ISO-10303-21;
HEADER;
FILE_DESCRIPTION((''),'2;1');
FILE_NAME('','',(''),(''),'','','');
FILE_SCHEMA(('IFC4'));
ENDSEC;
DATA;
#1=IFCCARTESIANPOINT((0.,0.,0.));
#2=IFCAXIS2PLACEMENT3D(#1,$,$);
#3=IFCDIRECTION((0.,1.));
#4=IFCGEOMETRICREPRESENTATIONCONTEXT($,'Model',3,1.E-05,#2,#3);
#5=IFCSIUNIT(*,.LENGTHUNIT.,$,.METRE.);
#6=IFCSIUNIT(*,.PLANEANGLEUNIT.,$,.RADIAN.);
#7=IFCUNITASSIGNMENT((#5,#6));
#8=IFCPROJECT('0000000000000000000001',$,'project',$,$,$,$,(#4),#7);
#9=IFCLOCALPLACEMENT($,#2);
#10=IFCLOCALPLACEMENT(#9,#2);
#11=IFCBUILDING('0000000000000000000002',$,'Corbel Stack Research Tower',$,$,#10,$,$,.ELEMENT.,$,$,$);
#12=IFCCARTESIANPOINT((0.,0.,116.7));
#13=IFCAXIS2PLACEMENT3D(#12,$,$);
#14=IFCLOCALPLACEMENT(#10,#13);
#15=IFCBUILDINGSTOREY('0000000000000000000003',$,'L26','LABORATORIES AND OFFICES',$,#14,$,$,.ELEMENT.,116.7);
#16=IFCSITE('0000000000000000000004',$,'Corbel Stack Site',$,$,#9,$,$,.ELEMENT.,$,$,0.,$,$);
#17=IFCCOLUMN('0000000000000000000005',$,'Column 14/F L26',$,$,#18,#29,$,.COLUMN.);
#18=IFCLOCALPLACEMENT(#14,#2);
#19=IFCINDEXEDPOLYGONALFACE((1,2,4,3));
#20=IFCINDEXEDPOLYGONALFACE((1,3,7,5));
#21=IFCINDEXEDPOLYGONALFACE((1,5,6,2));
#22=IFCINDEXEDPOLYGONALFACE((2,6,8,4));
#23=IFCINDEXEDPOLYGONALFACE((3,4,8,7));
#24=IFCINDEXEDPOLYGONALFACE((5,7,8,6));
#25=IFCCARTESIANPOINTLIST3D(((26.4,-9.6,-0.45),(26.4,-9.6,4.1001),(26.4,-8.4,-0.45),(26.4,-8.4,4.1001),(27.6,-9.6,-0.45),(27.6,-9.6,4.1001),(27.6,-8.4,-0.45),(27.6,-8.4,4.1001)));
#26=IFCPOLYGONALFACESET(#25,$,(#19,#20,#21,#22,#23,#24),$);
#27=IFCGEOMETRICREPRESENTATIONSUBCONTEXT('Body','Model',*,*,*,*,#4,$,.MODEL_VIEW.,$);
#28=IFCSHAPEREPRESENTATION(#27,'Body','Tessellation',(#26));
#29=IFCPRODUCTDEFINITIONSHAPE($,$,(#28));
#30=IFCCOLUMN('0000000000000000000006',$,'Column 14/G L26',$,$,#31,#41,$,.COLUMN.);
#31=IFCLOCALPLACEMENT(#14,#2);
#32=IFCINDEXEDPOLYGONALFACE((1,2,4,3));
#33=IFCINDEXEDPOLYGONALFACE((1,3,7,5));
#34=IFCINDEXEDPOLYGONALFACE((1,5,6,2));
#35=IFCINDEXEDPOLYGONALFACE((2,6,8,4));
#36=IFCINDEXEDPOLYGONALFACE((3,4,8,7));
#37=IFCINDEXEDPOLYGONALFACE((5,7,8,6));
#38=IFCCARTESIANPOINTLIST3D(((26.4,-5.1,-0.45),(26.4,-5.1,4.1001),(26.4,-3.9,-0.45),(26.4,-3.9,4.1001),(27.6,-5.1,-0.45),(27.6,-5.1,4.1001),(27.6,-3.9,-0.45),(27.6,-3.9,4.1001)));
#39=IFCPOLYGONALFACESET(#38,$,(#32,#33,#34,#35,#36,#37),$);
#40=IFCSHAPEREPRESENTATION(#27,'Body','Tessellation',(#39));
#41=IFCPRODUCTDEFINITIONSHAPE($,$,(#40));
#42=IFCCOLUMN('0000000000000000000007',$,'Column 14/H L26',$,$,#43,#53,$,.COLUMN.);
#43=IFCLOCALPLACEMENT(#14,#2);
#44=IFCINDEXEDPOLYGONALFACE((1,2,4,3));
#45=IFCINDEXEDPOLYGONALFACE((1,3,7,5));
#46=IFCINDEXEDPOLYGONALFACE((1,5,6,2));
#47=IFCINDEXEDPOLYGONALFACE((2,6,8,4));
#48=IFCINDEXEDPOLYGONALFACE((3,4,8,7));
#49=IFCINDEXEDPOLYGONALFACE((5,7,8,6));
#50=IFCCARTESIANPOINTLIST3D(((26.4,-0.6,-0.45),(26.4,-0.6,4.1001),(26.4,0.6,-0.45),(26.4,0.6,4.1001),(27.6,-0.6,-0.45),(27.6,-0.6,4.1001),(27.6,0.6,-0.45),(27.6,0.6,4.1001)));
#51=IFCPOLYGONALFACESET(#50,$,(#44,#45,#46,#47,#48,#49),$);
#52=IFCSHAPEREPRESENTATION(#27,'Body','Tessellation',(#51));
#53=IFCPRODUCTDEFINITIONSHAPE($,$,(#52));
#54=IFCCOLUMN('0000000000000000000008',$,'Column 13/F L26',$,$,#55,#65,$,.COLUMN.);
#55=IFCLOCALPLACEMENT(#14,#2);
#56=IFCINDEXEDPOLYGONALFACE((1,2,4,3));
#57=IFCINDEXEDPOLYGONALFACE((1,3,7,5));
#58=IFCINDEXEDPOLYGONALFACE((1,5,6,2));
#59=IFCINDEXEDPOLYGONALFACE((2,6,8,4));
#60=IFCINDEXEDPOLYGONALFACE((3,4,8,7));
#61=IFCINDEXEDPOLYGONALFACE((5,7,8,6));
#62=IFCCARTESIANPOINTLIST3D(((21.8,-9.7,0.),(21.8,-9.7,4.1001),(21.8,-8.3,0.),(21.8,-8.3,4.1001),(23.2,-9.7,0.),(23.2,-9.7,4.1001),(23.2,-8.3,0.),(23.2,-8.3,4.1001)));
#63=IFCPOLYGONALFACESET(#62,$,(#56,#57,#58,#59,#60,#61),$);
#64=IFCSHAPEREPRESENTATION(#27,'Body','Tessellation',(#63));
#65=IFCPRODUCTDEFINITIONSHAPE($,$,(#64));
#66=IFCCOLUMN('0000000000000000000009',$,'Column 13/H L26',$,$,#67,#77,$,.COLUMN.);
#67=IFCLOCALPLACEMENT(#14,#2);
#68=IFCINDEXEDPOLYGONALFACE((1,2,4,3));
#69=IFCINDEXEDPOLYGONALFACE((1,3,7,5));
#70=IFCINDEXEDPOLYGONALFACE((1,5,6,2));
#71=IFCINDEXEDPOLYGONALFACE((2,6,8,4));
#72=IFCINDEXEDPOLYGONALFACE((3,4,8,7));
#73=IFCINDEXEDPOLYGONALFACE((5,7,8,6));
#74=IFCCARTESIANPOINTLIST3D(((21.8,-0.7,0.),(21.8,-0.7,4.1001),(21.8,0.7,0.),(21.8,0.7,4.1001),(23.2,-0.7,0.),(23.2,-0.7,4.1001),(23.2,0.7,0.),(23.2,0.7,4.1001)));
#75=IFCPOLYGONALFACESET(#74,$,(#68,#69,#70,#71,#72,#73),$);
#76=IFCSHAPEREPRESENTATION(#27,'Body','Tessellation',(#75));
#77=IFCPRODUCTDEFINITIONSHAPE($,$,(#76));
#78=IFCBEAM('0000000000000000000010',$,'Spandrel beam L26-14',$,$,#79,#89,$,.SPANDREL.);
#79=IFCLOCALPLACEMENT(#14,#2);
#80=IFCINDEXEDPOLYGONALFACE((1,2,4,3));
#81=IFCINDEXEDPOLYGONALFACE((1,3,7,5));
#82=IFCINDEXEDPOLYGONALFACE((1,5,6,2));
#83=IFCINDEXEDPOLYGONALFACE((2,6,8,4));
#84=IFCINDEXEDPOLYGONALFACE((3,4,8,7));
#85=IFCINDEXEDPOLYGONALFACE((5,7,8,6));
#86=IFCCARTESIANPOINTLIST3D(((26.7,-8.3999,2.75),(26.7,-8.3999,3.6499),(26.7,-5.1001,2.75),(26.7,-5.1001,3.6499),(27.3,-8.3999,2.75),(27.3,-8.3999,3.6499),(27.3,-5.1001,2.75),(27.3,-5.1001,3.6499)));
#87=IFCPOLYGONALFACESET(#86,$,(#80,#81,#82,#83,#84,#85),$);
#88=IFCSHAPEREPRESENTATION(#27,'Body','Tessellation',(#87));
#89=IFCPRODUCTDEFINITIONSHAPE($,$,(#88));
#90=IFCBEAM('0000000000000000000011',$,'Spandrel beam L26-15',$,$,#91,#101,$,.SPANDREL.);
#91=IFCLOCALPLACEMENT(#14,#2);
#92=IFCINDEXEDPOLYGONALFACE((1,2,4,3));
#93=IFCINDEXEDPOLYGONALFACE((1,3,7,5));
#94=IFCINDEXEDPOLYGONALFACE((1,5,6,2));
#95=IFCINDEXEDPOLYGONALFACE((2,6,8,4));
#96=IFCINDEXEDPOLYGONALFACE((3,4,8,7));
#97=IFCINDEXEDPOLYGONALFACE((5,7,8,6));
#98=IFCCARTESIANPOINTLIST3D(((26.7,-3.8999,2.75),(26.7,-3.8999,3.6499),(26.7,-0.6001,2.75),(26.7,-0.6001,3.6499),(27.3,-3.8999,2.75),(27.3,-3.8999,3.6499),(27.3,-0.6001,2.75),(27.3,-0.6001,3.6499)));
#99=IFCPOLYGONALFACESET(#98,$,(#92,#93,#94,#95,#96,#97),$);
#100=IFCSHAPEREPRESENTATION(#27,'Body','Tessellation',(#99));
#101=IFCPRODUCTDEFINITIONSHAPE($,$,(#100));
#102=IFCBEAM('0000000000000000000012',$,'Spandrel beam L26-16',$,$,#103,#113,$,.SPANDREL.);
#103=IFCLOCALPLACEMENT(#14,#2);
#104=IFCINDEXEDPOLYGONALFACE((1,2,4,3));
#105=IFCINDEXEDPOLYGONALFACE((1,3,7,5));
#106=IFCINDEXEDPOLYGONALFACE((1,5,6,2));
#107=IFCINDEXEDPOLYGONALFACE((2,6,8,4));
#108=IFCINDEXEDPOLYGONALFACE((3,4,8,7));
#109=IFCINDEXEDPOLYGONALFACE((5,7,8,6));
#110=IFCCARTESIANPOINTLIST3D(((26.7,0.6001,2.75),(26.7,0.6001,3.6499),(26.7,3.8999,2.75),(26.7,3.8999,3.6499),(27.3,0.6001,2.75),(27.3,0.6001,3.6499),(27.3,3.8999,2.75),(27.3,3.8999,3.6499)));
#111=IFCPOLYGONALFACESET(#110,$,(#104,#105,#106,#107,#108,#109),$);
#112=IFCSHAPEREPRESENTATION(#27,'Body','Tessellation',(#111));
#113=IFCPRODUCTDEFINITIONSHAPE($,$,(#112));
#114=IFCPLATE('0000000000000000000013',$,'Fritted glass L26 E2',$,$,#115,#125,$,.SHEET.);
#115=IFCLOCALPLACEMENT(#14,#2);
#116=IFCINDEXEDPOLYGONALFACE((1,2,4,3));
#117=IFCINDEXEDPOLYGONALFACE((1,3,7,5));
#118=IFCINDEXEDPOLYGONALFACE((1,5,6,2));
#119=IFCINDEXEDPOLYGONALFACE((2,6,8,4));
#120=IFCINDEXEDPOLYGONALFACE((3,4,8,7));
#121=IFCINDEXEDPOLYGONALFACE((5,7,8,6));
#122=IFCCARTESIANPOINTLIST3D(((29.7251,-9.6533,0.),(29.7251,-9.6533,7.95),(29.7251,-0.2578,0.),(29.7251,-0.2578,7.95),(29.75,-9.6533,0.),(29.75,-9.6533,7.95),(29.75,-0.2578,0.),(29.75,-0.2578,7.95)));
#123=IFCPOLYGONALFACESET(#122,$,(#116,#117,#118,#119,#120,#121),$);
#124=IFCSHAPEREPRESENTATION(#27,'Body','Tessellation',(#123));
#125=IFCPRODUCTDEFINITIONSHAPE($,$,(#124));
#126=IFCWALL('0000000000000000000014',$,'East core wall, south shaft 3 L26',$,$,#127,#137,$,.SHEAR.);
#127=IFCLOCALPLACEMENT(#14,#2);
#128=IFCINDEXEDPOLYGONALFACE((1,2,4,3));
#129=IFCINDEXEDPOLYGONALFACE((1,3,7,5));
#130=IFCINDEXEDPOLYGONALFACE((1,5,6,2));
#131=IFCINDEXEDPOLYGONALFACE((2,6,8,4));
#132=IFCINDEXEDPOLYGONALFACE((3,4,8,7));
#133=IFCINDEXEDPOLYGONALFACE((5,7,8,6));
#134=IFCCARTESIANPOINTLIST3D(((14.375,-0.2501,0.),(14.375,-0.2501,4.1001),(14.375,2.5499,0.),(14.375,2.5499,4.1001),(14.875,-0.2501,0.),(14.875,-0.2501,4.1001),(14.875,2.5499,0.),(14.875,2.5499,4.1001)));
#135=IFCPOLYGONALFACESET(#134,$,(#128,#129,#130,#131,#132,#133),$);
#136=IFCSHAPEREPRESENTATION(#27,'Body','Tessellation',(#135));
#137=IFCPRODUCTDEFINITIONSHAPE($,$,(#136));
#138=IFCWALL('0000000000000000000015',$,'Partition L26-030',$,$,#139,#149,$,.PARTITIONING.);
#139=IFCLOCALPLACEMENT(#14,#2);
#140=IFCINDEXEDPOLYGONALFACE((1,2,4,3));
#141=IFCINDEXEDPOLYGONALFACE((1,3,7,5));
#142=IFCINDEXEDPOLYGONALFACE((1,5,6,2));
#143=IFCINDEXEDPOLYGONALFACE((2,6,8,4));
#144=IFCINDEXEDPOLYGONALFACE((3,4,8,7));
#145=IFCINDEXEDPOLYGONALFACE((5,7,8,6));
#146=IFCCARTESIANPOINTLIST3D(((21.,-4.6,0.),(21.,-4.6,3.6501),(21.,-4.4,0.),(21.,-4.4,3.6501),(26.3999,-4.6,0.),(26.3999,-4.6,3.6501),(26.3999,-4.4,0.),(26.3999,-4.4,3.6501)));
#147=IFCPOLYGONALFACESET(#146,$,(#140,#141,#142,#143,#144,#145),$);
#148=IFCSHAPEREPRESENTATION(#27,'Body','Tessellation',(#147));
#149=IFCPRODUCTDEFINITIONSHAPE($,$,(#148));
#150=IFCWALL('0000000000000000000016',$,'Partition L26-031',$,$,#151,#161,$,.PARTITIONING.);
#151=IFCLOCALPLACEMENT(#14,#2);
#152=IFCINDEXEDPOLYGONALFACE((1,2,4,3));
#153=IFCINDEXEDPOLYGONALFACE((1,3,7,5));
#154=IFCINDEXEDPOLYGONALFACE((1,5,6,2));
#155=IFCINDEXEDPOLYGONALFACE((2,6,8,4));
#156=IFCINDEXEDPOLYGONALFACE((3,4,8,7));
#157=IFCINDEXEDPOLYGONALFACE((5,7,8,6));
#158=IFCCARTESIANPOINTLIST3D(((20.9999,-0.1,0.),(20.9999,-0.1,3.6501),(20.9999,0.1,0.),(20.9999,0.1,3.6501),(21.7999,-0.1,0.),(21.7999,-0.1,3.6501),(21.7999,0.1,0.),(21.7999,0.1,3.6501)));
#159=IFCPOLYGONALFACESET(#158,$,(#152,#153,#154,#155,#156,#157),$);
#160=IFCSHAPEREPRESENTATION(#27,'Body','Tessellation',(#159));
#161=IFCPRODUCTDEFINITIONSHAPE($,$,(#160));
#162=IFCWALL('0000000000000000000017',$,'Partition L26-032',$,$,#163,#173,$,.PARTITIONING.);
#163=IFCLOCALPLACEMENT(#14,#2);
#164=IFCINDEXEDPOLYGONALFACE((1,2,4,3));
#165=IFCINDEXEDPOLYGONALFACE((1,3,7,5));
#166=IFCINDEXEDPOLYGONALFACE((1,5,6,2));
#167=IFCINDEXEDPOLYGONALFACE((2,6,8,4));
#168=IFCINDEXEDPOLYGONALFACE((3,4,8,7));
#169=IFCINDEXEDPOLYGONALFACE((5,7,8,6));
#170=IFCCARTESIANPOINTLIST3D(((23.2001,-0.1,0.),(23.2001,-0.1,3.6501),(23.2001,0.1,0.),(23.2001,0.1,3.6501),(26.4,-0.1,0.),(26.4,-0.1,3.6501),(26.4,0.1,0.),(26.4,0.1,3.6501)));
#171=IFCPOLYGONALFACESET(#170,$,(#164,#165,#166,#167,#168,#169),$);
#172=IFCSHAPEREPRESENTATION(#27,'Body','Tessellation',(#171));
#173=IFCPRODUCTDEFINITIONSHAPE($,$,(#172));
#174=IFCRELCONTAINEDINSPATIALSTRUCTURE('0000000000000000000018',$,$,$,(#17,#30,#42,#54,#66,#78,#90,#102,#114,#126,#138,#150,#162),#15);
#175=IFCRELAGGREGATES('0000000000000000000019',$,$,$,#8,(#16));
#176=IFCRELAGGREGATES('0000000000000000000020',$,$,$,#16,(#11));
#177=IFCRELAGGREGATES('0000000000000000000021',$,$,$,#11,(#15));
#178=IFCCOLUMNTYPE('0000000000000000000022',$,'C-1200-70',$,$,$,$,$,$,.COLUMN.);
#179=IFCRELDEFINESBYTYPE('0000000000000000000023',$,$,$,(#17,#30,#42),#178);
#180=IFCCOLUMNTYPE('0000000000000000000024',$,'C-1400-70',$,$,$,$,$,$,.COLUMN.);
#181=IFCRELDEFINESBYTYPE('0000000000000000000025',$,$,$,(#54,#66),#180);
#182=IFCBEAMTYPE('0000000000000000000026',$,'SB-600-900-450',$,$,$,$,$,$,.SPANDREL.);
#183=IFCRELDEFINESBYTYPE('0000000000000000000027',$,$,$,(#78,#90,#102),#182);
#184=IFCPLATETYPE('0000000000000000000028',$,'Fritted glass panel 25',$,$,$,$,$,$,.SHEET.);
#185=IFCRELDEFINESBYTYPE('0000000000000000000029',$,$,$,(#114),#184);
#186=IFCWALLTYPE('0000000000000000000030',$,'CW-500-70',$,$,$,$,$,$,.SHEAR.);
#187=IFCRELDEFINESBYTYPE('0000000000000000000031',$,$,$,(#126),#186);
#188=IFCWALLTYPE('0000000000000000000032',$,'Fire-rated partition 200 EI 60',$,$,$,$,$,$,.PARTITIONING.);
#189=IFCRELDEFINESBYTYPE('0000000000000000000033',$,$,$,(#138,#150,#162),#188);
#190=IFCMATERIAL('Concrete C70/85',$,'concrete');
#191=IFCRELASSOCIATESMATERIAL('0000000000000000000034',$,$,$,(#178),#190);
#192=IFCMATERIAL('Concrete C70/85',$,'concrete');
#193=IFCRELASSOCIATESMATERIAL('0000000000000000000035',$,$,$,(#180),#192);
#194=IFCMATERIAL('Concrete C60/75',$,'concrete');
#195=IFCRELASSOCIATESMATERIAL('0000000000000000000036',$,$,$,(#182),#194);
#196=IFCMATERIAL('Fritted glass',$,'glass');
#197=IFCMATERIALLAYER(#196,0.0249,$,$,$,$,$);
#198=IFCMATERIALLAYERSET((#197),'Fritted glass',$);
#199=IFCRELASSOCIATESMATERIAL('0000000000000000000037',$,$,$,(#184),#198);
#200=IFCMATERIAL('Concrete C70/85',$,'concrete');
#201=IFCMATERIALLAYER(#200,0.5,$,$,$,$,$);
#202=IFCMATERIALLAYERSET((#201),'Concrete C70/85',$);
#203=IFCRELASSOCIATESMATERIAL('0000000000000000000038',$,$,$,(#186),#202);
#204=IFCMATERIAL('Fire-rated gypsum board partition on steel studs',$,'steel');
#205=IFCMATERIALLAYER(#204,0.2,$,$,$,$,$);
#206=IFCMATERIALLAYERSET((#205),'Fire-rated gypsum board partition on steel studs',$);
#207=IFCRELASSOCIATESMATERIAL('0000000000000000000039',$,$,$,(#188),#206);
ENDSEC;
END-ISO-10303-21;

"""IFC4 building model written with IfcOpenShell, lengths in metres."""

from ifc_helpers import new_model, si_unit, direction, frame, frame_2d, origin, origin_2d, place, context, subcontext, project, spatial, rectangle, extrude, material, layer, layer_set, material_profile, profile_set, type_object, element, save


model = new_model("IFC4")

# Units and contexts
model_context = context("Model", 3, precision=1e-05, world=origin(), true_north=direction((0.0, 1.0)))
body_context = subcontext(model_context, "Body", "Model", "MODEL_VIEW")
ifc_project = project(units=[si_unit("LENGTHUNIT", "METRE"), si_unit("PLANEANGLEUNIT", "RADIAN")], contexts=[model_context])

# Site, building, storey
site_placement = place(None, origin())
site = spatial("IfcSite", under=ifc_project, at=site_placement, Name="Corbel Stack Site", CompositionType="ELEMENT", RefElevation=0.0)
building_placement = place(site_placement, origin())
building = spatial("IfcBuilding", under=site, at=building_placement, Name="Corbel Stack Research Tower", CompositionType="ELEMENT")
storey_placement = place(building_placement, frame((0.0, 0.0, 116.7)))
storey = spatial("IfcBuildingStorey", under=building, at=storey_placement, Name="L26", Description="LABORATORIES AND OFFICES", CompositionType="ELEMENT", Elevation=116.7)

# Columns
ifc_material_1 = material(Name="Concrete C70/85", Category="concrete")
ifc_material_profile_1 = material_profile(ifc_material_1, rectangle(XDim=1.2, YDim=1.2, at=origin_2d()), Name="RC 1200 x 1200")
ifc_profile_set_1 = profile_set([ifc_material_profile_1], Name="Concrete C70/85")
column_type_1 = type_object("IfcColumnType", Name="C-1200-70", PredefinedType="COLUMN", material=ifc_profile_set_1)
for number, where, z_axis, x_axis, name in (
    (1, (27.0, -9.0, -0.45), (0.0, 0.0, 1.0), (1.0, 0.0, 0.0), "Column 14/F L26"),
    (2, (27.0, -4.5, -0.45), (0.0, 0.0, 1.0), (1.0, 0.0, 0.0), "Column 14/G L26"),
    (3, (27.0, 0.0, -0.45), (0.0, 0.0, 1.0), (1.0, 0.0, 0.0), "Column 14/H L26"),
):
    element("IfcColumn", number, at=place(storey_placement, frame(where, z_axis=z_axis, x_axis=x_axis)), inside=storey, type_object=column_type_1, Name=name, PredefinedType="COLUMN", context=body_context, shape_type="SweptSolid", body=[
        extrude(rectangle(XDim=1.2, YDim=1.2, at=origin_2d()), origin(), (0.0, 0.0, 1.0), 4.55),
    ])
ifc_material_2 = material(Name="Concrete C70/85", Category="concrete")
ifc_material_profile_2 = material_profile(ifc_material_2, rectangle(XDim=1.3999, YDim=1.3999, at=origin_2d()), Name="RC 1400 x 1400")
ifc_profile_set_2 = profile_set([ifc_material_profile_2], Name="Concrete C70/85")
column_type_2 = type_object("IfcColumnType", Name="C-1400-70", PredefinedType="COLUMN", material=ifc_profile_set_2)
for number, where, z_axis, x_axis, name in (
    (4, (22.5, -9.0, 0.0), (0.0, 0.0, 1.0), (1.0, 0.0, 0.0), "Column 13/F L26"),
    (5, (22.5, 0.0, 0.0), (0.0, 0.0, 1.0), (1.0, 0.0, 0.0), "Column 13/H L26"),
):
    element("IfcColumn", number, at=place(storey_placement, frame(where, z_axis=z_axis, x_axis=x_axis)), inside=storey, type_object=column_type_2, Name=name, PredefinedType="COLUMN", context=body_context, shape_type="SweptSolid", body=[
        extrude(rectangle(XDim=1.3999, YDim=1.3999, at=origin_2d()), origin(), (0.0, 0.0, 1.0), 4.1001),
    ])

# Beams
ifc_material_3 = material(Name="Concrete C60/75", Category="concrete")
ifc_material_profile_3 = material_profile(ifc_material_3, rectangle(XDim=0.6001, YDim=0.8999, at=origin_2d()), Name="RC 600 x 900")
ifc_profile_set_3 = profile_set([ifc_material_profile_3], Name="Concrete C60/75")
beam_type = type_object("IfcBeamType", Name="SB-600-900-450", PredefinedType="SPANDREL", material=ifc_profile_set_3)
for number, where, z_axis, x_axis, name in (
    (6, (27.0, -8.3999, 3.2), (0.0, 1.0, 0.0), (-1.0, 0.0, 0.0), "Spandrel beam L26-14"),
    (7, (27.0, -3.8999, 3.2), (0.0, 1.0, 0.0), (-1.0, 0.0, 0.0), "Spandrel beam L26-15"),
    (8, (27.0, 0.6001, 3.2), (0.0, 1.0, 0.0), (-1.0, 0.0, 0.0), "Spandrel beam L26-16"),
):
    element("IfcBeam", number, at=place(storey_placement, frame(where, z_axis=z_axis, x_axis=x_axis)), inside=storey, type_object=beam_type, Name=name, PredefinedType="SPANDREL", context=body_context, shape_type="SweptSolid", body=[
        extrude(rectangle(XDim=0.6001, YDim=0.8999, at=origin_2d()), origin(), (0.0, 0.0, 1.0), 3.2998),
    ])

# Plate
ifc_material_4 = material(Name="Fritted glass", Category="glass")
ifc_layer_1 = layer(ifc_material_4, 0.0249)
ifc_layer_set_1 = layer_set([ifc_layer_1], Name="Fritted glass")
plate_type = type_object("IfcPlateType", Name="Fritted glass panel 25", PredefinedType="SHEET", material=ifc_layer_set_1)
plate_placement = place(storey_placement, frame((29.7375, -4.9556, 0.0), z_axis=(0.0, 0.0, 1.0), x_axis=(0.0, 1.0, 0.0)))
element("IfcPlate", 9, at=plate_placement, inside=storey, type_object=plate_type, Name="Fritted glass L26 E2", PredefinedType="SHEET", context=body_context, shape_type="SweptSolid", body=[
    extrude(rectangle(XDim=9.3955, YDim=0.0249, at=origin_2d()), origin(), (0.0, 0.0, 1.0), 7.95),
])

# Wall
ifc_material_5 = material(Name="Concrete C70/85", Category="concrete")
ifc_layer_2 = layer(ifc_material_5, 0.5)
ifc_layer_set_2 = layer_set([ifc_layer_2], Name="Concrete C70/85")
wall_type_1 = type_object("IfcWallType", Name="CW-500-70", PredefinedType="SHEAR", material=ifc_layer_set_2)
wall_1_placement = place(storey_placement, frame((14.625, -0.25, 0.0), z_axis=(0.0, 0.0, 1.0), x_axis=(0.0, 1.0, 0.0)))
element("IfcWall", 10, at=wall_1_placement, inside=storey, type_object=wall_type_1, Name="East core wall, south shaft 3 L26", PredefinedType="SHEAR", context=body_context, shape_type="SweptSolid", body=[
    extrude(rectangle(XDim=2.8, YDim=0.5, at=frame_2d((1.3999, 0.0))), origin(), (0.0, 0.0, 1.0), 4.1001),
])

# Walls
ifc_material_6 = material(Name="Fire-rated gypsum board partition on steel studs", Category="steel")
ifc_layer_3 = layer(ifc_material_6, 0.2)
ifc_layer_set_3 = layer_set([ifc_layer_3], Name="Fire-rated gypsum board partition on steel studs")
wall_type_2 = type_object("IfcWallType", Name="Fire-rated partition 200 EI 60", PredefinedType="PARTITIONING", material=ifc_layer_set_3)
wall_2_placement = place(storey_placement, frame((21.0, -4.5, 0.0), z_axis=(0.0, 0.0, 1.0), x_axis=(1.0, 0.0, 0.0)))
element("IfcWall", 11, at=wall_2_placement, inside=storey, type_object=wall_type_2, Name="Partition L26-030", PredefinedType="PARTITIONING", context=body_context, shape_type="SweptSolid", body=[
    extrude(rectangle(XDim=5.3999, YDim=0.2, at=frame_2d((2.7, 0.0))), origin(), (0.0, 0.0, 1.0), 3.6501),
])
wall_3_placement = place(storey_placement, frame((21.0, 0.0, 0.0), z_axis=(0.0, 0.0, 1.0), x_axis=(1.0, 0.0, 0.0)))
element("IfcWall", 12, at=wall_3_placement, inside=storey, type_object=wall_type_2, Name="Partition L26-031", PredefinedType="PARTITIONING", context=body_context, shape_type="SweptSolid", body=[
    extrude(rectangle(XDim=0.8, YDim=0.2, at=frame_2d((0.3999, 0.0))), origin(), (0.0, 0.0, 1.0), 3.6501),
])
wall_4_placement = place(storey_placement, frame((23.2, 0.0, 0.0), z_axis=(0.0, 0.0, 1.0), x_axis=(1.0, 0.0, 0.0)))
element("IfcWall", 13, at=wall_4_placement, inside=storey, type_object=wall_type_2, Name="Partition L26-032", PredefinedType="PARTITIONING", context=body_context, shape_type="SweptSolid", body=[
    extrude(rectangle(XDim=3.2, YDim=0.2, at=frame_2d((1.6001, 0.0))), origin(), (0.0, 0.0, 1.0), 3.6501),
])

save(model, "model.ifc")
